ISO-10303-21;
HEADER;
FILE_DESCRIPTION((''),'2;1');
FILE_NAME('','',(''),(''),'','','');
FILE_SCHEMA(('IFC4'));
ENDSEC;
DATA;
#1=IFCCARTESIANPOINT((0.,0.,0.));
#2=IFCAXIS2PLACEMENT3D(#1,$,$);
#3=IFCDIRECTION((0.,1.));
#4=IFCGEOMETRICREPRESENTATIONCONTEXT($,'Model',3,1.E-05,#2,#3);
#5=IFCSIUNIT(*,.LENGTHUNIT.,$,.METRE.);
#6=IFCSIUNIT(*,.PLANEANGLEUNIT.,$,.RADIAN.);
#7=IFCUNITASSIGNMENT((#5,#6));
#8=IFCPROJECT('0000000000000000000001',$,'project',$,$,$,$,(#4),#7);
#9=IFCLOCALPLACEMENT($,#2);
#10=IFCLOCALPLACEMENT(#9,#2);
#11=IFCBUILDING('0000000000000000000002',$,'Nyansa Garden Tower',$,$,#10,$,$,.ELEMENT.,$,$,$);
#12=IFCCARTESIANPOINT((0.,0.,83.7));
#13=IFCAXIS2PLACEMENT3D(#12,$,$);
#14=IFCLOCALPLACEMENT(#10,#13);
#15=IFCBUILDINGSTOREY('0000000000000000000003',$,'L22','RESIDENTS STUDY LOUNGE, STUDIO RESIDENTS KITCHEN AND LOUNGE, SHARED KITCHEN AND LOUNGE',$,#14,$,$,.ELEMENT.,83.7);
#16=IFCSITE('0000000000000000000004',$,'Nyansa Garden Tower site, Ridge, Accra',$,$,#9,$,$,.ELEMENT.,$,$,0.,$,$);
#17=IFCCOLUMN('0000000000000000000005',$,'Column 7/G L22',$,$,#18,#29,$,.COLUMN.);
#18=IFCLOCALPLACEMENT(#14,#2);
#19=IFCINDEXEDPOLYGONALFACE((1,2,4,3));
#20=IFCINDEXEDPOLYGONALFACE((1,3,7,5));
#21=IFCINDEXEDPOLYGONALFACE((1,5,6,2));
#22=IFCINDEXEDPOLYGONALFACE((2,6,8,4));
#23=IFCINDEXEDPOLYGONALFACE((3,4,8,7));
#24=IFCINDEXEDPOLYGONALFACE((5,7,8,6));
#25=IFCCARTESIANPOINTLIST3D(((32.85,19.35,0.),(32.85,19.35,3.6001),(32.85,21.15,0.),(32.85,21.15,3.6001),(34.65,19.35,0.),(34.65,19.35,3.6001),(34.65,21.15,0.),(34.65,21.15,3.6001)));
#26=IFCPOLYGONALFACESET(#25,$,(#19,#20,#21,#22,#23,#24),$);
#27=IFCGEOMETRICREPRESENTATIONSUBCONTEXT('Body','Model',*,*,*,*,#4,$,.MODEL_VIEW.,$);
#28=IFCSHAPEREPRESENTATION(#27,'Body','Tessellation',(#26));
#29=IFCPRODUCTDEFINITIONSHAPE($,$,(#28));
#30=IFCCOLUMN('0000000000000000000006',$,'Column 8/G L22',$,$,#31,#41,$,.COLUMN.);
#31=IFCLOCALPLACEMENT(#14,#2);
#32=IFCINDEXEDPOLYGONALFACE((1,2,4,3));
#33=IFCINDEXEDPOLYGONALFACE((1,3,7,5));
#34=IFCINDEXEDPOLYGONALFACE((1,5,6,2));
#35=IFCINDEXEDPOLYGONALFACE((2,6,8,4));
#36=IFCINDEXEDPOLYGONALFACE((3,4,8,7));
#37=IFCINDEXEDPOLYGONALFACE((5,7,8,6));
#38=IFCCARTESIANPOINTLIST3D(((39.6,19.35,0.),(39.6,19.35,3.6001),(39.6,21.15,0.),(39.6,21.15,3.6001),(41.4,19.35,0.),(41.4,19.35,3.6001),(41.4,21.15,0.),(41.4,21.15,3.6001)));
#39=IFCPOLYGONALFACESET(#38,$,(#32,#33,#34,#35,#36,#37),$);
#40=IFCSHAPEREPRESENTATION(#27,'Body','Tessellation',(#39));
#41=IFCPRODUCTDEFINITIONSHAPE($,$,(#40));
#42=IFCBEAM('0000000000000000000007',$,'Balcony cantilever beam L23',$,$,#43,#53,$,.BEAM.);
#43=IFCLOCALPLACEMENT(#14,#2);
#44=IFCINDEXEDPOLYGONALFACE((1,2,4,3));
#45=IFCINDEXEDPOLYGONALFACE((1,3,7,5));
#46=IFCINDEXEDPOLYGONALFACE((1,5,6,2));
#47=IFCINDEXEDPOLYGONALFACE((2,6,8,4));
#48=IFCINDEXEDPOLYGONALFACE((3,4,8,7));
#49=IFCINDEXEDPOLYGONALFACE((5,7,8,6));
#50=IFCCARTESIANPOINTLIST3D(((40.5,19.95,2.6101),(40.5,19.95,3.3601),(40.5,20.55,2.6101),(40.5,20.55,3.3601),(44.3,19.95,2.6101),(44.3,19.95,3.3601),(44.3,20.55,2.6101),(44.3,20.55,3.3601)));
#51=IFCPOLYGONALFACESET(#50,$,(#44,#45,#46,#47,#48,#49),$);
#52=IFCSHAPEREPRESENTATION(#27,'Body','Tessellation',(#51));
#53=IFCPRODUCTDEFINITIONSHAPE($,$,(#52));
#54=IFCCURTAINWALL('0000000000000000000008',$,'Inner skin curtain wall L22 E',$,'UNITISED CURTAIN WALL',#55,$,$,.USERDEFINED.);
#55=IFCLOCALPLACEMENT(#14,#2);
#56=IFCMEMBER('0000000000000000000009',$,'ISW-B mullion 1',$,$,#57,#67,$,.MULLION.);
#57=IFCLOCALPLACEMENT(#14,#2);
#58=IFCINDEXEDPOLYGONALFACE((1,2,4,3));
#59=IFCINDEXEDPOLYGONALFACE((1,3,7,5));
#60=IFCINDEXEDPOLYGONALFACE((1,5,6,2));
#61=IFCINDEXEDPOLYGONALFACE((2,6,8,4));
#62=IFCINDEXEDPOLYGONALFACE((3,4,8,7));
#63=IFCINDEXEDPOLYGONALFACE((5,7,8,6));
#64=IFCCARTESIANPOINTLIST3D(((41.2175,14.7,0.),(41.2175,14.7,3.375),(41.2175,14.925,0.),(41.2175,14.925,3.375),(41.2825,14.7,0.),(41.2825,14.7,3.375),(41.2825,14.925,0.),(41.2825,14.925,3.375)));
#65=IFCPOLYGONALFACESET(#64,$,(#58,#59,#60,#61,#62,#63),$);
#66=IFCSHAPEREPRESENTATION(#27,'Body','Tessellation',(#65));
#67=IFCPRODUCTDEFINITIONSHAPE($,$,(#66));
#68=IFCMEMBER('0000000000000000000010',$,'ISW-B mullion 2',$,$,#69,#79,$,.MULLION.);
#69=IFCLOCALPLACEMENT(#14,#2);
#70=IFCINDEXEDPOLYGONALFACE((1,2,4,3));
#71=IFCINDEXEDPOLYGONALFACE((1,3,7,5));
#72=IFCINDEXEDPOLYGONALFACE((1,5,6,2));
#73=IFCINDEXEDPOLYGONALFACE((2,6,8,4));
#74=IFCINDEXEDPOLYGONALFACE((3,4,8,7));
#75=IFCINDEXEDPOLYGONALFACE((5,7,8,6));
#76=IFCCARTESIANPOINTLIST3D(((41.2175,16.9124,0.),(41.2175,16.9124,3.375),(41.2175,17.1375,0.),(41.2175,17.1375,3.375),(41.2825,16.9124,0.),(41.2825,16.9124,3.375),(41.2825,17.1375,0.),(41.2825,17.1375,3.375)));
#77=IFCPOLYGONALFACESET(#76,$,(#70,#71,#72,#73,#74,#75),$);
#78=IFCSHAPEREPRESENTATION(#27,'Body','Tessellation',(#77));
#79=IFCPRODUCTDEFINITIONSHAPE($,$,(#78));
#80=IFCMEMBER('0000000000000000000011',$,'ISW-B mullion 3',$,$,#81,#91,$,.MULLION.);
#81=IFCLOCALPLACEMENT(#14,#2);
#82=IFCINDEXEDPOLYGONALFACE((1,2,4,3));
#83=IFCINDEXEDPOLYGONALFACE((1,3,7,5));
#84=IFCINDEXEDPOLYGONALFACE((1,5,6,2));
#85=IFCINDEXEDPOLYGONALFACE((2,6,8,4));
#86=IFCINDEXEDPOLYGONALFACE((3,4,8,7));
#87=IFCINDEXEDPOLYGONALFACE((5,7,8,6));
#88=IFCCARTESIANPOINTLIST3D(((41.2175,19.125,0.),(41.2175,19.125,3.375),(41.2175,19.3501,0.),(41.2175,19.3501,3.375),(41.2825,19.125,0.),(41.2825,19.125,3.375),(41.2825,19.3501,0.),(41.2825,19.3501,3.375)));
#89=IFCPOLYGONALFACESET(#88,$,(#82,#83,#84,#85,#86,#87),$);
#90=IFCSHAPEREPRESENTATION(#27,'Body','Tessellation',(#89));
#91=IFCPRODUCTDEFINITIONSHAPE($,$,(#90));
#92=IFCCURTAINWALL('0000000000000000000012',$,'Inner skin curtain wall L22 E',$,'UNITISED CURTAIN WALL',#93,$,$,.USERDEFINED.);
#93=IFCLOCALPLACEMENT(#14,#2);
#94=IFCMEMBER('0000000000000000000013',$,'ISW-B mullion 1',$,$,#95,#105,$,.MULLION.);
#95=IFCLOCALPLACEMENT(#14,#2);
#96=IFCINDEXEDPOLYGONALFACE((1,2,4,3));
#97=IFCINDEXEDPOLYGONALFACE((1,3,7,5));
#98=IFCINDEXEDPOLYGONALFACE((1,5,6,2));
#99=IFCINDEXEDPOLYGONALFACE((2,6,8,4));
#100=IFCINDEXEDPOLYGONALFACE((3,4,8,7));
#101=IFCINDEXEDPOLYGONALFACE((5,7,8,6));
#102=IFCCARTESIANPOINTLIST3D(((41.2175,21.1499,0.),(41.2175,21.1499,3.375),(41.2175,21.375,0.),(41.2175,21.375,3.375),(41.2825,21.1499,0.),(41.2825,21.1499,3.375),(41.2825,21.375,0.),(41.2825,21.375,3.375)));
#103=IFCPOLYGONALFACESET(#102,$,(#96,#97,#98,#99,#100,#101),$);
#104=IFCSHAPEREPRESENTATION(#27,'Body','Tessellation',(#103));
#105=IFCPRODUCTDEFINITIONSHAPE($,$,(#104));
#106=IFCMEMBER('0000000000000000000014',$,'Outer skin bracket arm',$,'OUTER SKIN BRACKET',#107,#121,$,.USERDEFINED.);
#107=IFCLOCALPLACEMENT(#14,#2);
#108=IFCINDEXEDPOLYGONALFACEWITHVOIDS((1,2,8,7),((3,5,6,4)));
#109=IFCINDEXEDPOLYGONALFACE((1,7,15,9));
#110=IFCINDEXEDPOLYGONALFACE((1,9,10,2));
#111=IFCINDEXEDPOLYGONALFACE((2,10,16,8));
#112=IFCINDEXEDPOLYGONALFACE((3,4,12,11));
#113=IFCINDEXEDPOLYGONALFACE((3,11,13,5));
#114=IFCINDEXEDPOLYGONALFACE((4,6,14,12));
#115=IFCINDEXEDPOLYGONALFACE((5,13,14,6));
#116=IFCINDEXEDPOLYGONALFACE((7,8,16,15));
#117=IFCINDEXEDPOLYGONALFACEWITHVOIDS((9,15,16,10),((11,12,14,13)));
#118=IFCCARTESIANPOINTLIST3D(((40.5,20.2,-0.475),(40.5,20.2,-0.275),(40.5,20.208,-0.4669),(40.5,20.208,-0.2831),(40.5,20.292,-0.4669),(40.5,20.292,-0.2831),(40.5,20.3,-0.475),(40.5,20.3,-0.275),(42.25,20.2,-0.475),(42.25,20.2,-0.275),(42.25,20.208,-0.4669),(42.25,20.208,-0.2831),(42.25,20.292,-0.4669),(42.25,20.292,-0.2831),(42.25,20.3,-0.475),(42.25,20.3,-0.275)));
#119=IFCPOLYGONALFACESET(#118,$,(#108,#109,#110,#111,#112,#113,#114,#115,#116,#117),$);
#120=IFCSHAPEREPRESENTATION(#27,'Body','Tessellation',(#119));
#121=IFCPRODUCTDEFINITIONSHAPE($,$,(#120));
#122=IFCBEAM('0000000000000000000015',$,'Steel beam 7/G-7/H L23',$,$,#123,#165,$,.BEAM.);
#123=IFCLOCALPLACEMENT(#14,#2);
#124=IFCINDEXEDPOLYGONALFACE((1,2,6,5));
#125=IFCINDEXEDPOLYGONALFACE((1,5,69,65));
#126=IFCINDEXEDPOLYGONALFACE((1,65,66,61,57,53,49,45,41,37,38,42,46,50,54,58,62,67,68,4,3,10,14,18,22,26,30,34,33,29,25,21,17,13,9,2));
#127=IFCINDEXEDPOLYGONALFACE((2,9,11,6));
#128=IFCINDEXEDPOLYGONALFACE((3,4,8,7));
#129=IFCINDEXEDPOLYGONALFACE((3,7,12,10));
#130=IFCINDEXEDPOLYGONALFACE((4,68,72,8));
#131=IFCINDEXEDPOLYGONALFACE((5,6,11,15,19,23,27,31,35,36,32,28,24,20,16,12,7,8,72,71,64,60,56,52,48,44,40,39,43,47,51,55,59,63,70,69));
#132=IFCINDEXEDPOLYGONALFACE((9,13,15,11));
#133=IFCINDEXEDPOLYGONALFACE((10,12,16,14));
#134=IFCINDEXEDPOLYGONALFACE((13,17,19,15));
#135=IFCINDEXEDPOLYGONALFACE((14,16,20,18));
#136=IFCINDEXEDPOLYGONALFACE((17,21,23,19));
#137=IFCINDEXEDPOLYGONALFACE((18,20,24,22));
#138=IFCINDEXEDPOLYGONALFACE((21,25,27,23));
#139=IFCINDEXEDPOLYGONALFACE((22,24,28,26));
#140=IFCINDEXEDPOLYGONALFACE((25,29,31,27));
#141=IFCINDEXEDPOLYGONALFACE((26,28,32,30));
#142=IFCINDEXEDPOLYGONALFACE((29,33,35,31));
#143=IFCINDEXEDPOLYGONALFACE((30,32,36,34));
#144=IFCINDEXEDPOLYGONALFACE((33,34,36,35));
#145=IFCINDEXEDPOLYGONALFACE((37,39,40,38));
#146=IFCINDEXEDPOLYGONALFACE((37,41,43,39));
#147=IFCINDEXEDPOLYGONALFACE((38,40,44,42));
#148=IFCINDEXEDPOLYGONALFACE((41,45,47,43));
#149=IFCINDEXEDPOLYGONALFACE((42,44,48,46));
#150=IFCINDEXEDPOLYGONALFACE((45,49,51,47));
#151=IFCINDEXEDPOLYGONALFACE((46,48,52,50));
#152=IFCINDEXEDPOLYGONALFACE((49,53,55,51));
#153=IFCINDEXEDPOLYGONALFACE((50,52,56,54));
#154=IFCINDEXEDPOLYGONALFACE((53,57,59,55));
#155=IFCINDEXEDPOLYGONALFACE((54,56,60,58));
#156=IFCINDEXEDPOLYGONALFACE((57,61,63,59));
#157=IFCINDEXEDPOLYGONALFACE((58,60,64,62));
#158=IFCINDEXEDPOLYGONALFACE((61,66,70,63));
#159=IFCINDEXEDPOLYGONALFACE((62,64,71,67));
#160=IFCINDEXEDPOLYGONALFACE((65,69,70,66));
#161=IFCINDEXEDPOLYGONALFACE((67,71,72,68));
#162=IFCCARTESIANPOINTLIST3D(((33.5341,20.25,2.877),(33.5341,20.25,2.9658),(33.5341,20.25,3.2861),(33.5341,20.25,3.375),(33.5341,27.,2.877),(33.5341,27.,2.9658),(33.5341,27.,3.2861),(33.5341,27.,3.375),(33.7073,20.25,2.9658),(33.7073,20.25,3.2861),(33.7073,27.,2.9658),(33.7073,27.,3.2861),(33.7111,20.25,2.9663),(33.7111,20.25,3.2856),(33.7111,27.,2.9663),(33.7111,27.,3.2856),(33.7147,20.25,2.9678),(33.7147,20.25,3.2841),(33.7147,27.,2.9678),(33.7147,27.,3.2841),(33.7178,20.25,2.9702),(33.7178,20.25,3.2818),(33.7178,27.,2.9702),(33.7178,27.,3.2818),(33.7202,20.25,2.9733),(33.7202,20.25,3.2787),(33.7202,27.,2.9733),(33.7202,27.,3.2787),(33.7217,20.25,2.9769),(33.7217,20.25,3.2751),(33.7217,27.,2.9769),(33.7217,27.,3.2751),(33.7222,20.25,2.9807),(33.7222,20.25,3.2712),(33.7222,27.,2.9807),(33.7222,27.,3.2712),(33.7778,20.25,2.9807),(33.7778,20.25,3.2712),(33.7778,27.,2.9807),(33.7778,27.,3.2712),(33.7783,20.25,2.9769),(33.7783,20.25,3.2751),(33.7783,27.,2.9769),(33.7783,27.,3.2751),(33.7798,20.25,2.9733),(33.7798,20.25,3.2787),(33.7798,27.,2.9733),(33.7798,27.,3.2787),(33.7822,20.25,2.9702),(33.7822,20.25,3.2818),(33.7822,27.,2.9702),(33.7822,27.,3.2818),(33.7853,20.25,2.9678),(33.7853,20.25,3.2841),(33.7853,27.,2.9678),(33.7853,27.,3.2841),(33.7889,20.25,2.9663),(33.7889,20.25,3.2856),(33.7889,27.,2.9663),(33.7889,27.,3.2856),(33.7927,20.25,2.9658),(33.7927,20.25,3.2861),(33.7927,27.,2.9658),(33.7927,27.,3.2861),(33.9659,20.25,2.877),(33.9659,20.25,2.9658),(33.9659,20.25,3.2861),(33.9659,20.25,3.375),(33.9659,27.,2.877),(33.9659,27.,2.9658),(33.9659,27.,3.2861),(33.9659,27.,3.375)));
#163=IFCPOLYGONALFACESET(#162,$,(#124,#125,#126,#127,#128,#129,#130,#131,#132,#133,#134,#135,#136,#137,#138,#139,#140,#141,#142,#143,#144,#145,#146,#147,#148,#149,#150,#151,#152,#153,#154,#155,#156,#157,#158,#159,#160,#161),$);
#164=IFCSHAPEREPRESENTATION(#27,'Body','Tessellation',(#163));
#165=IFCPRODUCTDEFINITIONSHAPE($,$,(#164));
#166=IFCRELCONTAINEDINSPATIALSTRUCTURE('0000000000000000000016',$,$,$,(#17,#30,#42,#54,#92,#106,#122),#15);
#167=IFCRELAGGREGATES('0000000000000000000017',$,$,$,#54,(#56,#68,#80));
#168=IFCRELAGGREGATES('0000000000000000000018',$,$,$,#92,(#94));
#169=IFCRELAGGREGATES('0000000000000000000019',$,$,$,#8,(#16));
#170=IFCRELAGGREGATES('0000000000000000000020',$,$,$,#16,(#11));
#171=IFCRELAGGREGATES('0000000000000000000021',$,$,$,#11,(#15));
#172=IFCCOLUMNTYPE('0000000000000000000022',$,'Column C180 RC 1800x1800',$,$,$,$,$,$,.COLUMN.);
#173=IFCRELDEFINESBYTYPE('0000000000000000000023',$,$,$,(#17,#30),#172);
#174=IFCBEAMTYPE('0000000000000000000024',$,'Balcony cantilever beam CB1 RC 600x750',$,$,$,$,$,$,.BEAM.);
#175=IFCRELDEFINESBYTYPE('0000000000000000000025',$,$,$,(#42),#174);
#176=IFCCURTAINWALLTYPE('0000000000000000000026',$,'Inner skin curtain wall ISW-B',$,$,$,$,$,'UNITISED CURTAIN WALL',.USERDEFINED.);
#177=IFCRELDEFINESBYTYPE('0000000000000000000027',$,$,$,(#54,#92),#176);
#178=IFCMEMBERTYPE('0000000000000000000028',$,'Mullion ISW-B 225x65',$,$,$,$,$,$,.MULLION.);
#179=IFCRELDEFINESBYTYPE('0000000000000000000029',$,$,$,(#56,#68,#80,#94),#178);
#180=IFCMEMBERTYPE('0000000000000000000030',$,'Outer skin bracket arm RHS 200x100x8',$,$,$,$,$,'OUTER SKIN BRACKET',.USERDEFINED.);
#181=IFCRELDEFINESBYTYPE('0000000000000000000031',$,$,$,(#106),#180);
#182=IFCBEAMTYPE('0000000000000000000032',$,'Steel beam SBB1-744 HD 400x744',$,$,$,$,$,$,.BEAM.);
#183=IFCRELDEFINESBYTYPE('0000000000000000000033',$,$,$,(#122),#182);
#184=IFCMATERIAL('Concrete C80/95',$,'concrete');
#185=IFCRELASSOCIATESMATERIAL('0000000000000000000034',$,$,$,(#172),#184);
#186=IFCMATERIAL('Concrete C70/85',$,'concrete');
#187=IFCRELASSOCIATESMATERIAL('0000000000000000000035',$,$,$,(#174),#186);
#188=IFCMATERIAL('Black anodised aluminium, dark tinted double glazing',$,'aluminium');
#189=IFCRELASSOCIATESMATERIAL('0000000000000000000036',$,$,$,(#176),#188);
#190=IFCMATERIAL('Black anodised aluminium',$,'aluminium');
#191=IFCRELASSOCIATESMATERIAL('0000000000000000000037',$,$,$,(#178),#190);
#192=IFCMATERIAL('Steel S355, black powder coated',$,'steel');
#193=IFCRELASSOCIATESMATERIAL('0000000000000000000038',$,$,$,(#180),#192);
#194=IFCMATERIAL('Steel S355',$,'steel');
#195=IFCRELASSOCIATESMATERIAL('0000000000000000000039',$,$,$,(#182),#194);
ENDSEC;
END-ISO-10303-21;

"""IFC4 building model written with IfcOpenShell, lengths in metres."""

from ifc_helpers import new_model, si_unit, direction, frame, origin, origin_2d, place, context, subcontext, project, spatial, rectangle, hollow_rectangle, i_section, extrude, material, material_profile, profile_set, type_object, element, aggregate, save


model = new_model("IFC4")

# Units and contexts
model_context = context("Model", 3, precision=1e-05, world=origin(), true_north=direction((0.0, 1.0)))
body_context = subcontext(model_context, "Body", "Model", "MODEL_VIEW")
ifc_project = project(units=[si_unit("LENGTHUNIT", "METRE"), si_unit("PLANEANGLEUNIT", "RADIAN")], contexts=[model_context])

# Site, building, storey
site_placement = place(None, origin())
site = spatial("IfcSite", under=ifc_project, at=site_placement, Name="Nyansa Garden Tower site, Ridge, Accra", CompositionType="ELEMENT", RefElevation=0.0)
building_placement = place(site_placement, origin())
building = spatial("IfcBuilding", under=site, at=building_placement, Name="Nyansa Garden Tower", CompositionType="ELEMENT")
storey_placement = place(building_placement, frame((0.0, 0.0, 83.7)))
storey = spatial("IfcBuildingStorey", under=building, at=storey_placement, Name="L22", Description="RESIDENTS STUDY LOUNGE, STUDIO RESIDENTS KITCHEN AND LOUNGE, SHARED KITCHEN AND LOUNGE", CompositionType="ELEMENT", Elevation=83.7)

# Columns
ifc_material_1 = material(Name="Concrete C80/95", Category="concrete")
ifc_material_profile_1 = material_profile(ifc_material_1, rectangle(XDim=1.8, YDim=1.8, at=origin_2d()), Name="RC 1800x1800")
ifc_profile_set_1 = profile_set([ifc_material_profile_1], Name="Concrete C80/95")
column_type = type_object("IfcColumnType", Name="Column C180 RC 1800x1800", PredefinedType="COLUMN", material=ifc_profile_set_1)
for number, where, z_axis, x_axis, name in (
    (1, (33.75, 20.25, 0.0), (0.0, 0.0, 1.0), (1.0, 0.0, 0.0), "Column 7/G L22"),
    (2, (40.5, 20.25, 0.0), (0.0, 0.0, 1.0), (1.0, 0.0, 0.0), "Column 8/G L22"),
):
    element("IfcColumn", number, at=place(storey_placement, frame(where, z_axis=z_axis, x_axis=x_axis)), inside=storey, type_object=column_type, Name=name, PredefinedType="COLUMN", context=body_context, shape_type="SweptSolid", body=[
        extrude(rectangle(XDim=1.8, YDim=1.8, at=origin_2d()), origin(), (0.0, 0.0, 1.0), 3.6001),
    ])

# Beam
ifc_material_2 = material(Name="Concrete C70/85", Category="concrete")
ifc_material_profile_2 = material_profile(ifc_material_2, rectangle(XDim=0.6001, YDim=0.75, at=origin_2d()), Name="RC 600x750")
ifc_profile_set_2 = profile_set([ifc_material_profile_2], Name="Concrete C70/85")
beam_type_1 = type_object("IfcBeamType", Name="Balcony cantilever beam CB1 RC 600x750", PredefinedType="BEAM", material=ifc_profile_set_2)
beam_1_placement = place(storey_placement, frame((40.5, 20.25, 2.9851), z_axis=(1.0, 0.0, 0.0), x_axis=(0.0, 1.0, 0.0)))
element("IfcBeam", 3, at=beam_1_placement, inside=storey, type_object=beam_type_1, Name="Balcony cantilever beam L23", PredefinedType="BEAM", context=body_context, shape_type="SweptSolid", body=[
    extrude(rectangle(XDim=0.6001, YDim=0.75, at=origin_2d()), origin(), (0.0, 0.0, 1.0), 3.8),
])

# Curtain wall, members
ifc_material_3 = material(Name="Black anodised aluminium, dark tinted double glazing", Category="aluminium")
curtain_wall_type = type_object("IfcCurtainWallType", Name="Inner skin curtain wall ISW-B", ElementType="UNITISED CURTAIN WALL", PredefinedType="USERDEFINED", material=ifc_material_3)
curtain_wall_1_placement = place(storey_placement, origin())
curtain_wall_1 = element("IfcCurtainWall", 4, at=curtain_wall_1_placement, inside=storey, type_object=curtain_wall_type, Name="Inner skin curtain wall L22 E", ObjectType="UNITISED CURTAIN WALL", PredefinedType="USERDEFINED")
ifc_material_4 = material(Name="Black anodised aluminium", Category="aluminium")
ifc_material_profile_3 = material_profile(ifc_material_4, rectangle(XDim=0.0649, YDim=0.2251, at=origin_2d()), Name="Mullion 225x65")
ifc_profile_set_3 = profile_set([ifc_material_profile_3], Name="Black anodised aluminium")
member_type_1 = type_object("IfcMemberType", Name="Mullion ISW-B 225x65", PredefinedType="MULLION", material=ifc_profile_set_3)
member_1_placement = place(storey_placement, frame((41.25, 14.8125, 0.0), z_axis=(0.0, 0.0, 1.0), x_axis=(-1.0, 0.0, 0.0)))
member_1 = element("IfcMember", 5, at=member_1_placement, type_object=member_type_1, Name="ISW-B mullion 1", PredefinedType="MULLION", context=body_context, shape_type="SweptSolid", body=[
    extrude(rectangle(XDim=0.0649, YDim=0.2251, at=origin_2d()), origin(), (0.0, 0.0, 1.0), 3.375),
])
member_2_placement = place(storey_placement, frame((41.25, 17.0249, 0.0), z_axis=(0.0, 0.0, 1.0), x_axis=(-1.0, 0.0, 0.0)))
member_2 = element("IfcMember", 6, at=member_2_placement, type_object=member_type_1, Name="ISW-B mullion 2", PredefinedType="MULLION", context=body_context, shape_type="SweptSolid", body=[
    extrude(rectangle(XDim=0.0649, YDim=0.2251, at=origin_2d()), origin(), (0.0, 0.0, 1.0), 3.375),
])
member_3_placement = place(storey_placement, frame((41.25, 19.2375, 0.0), z_axis=(0.0, 0.0, 1.0), x_axis=(-1.0, 0.0, 0.0)))
member_3 = element("IfcMember", 7, at=member_3_placement, type_object=member_type_1, Name="ISW-B mullion 3", PredefinedType="MULLION", context=body_context, shape_type="SweptSolid", body=[
    extrude(rectangle(XDim=0.0649, YDim=0.2251, at=origin_2d()), origin(), (0.0, 0.0, 1.0), 3.375),
])

# Curtain wall, member
curtain_wall_2_placement = place(storey_placement, origin())
curtain_wall_2 = element("IfcCurtainWall", 8, at=curtain_wall_2_placement, inside=storey, type_object=curtain_wall_type, Name="Inner skin curtain wall L22 E", ObjectType="UNITISED CURTAIN WALL", PredefinedType="USERDEFINED")
member_4_placement = place(storey_placement, frame((41.25, 21.2625, 0.0), z_axis=(0.0, 0.0, 1.0), x_axis=(-1.0, 0.0, 0.0)))
member_4 = element("IfcMember", 9, at=member_4_placement, type_object=member_type_1, Name="ISW-B mullion 1", PredefinedType="MULLION", context=body_context, shape_type="SweptSolid", body=[
    extrude(rectangle(XDim=0.0649, YDim=0.2251, at=origin_2d()), origin(), (0.0, 0.0, 1.0), 3.375),
])

# Member
ifc_material_5 = material(Name="Steel S355, black powder coated", Category="steel")
ifc_material_profile_4 = material_profile(ifc_material_5, hollow_rectangle(XDim=0.1001, YDim=0.2, WallThickness=0.0081, at=origin_2d()), Name="RHS 200x100x8")
ifc_profile_set_4 = profile_set([ifc_material_profile_4], Name="Steel S355, black powder coated")
member_type_2 = type_object("IfcMemberType", Name="Outer skin bracket arm RHS 200x100x8", ElementType="OUTER SKIN BRACKET", PredefinedType="USERDEFINED", material=ifc_profile_set_4)
member_5_placement = place(storey_placement, frame((40.5, 20.25, -0.375), z_axis=(1.0, 0.0, 0.0), x_axis=(0.0, 1.0, 0.0)))
element("IfcMember", 10, at=member_5_placement, inside=storey, type_object=member_type_2, Name="Outer skin bracket arm", ObjectType="OUTER SKIN BRACKET", PredefinedType="USERDEFINED", context=body_context, shape_type="SweptSolid", body=[
    extrude(hollow_rectangle(XDim=0.1001, YDim=0.2, WallThickness=0.0081, at=origin_2d()), origin(), (0.0, 0.0, 1.0), 1.75),
])

# Beam
ifc_material_6 = material(Name="Steel S355", Category="steel")
ifc_material_profile_5 = material_profile(ifc_material_6, i_section(OverallWidth=0.4319, OverallDepth=0.498, WebThickness=0.0557, FlangeThickness=0.0889, FilletRadius=0.0149, at=origin_2d()), Name="HD 400x744")
ifc_profile_set_5 = profile_set([ifc_material_profile_5], Name="Steel S355")
beam_type_2 = type_object("IfcBeamType", Name="Steel beam SBB1-744 HD 400x744", PredefinedType="BEAM", material=ifc_profile_set_5)
for number, where, z_axis, x_axis, name in (
    (11, (33.75, 20.25, 3.126), (0.0, 1.0, 0.0), (-1.0, 0.0, 0.0), "Steel beam 7/G-7/H L23"),
):
    element("IfcBeam", number, at=place(storey_placement, frame(where, z_axis=z_axis, x_axis=x_axis)), inside=storey, type_object=beam_type_2, Name=name, PredefinedType="BEAM", context=body_context, shape_type="SweptSolid", body=[
        extrude(i_section(OverallWidth=0.4319, OverallDepth=0.498, WebThickness=0.0557, FlangeThickness=0.0889, FilletRadius=0.0149, at=origin_2d()), origin(), (0.0, 0.0, 1.0), 6.75),
    ])

aggregate(curtain_wall_1, [member_1, member_2, member_3])
aggregate(curtain_wall_2, [member_4])

save(model, "model.ifc")
